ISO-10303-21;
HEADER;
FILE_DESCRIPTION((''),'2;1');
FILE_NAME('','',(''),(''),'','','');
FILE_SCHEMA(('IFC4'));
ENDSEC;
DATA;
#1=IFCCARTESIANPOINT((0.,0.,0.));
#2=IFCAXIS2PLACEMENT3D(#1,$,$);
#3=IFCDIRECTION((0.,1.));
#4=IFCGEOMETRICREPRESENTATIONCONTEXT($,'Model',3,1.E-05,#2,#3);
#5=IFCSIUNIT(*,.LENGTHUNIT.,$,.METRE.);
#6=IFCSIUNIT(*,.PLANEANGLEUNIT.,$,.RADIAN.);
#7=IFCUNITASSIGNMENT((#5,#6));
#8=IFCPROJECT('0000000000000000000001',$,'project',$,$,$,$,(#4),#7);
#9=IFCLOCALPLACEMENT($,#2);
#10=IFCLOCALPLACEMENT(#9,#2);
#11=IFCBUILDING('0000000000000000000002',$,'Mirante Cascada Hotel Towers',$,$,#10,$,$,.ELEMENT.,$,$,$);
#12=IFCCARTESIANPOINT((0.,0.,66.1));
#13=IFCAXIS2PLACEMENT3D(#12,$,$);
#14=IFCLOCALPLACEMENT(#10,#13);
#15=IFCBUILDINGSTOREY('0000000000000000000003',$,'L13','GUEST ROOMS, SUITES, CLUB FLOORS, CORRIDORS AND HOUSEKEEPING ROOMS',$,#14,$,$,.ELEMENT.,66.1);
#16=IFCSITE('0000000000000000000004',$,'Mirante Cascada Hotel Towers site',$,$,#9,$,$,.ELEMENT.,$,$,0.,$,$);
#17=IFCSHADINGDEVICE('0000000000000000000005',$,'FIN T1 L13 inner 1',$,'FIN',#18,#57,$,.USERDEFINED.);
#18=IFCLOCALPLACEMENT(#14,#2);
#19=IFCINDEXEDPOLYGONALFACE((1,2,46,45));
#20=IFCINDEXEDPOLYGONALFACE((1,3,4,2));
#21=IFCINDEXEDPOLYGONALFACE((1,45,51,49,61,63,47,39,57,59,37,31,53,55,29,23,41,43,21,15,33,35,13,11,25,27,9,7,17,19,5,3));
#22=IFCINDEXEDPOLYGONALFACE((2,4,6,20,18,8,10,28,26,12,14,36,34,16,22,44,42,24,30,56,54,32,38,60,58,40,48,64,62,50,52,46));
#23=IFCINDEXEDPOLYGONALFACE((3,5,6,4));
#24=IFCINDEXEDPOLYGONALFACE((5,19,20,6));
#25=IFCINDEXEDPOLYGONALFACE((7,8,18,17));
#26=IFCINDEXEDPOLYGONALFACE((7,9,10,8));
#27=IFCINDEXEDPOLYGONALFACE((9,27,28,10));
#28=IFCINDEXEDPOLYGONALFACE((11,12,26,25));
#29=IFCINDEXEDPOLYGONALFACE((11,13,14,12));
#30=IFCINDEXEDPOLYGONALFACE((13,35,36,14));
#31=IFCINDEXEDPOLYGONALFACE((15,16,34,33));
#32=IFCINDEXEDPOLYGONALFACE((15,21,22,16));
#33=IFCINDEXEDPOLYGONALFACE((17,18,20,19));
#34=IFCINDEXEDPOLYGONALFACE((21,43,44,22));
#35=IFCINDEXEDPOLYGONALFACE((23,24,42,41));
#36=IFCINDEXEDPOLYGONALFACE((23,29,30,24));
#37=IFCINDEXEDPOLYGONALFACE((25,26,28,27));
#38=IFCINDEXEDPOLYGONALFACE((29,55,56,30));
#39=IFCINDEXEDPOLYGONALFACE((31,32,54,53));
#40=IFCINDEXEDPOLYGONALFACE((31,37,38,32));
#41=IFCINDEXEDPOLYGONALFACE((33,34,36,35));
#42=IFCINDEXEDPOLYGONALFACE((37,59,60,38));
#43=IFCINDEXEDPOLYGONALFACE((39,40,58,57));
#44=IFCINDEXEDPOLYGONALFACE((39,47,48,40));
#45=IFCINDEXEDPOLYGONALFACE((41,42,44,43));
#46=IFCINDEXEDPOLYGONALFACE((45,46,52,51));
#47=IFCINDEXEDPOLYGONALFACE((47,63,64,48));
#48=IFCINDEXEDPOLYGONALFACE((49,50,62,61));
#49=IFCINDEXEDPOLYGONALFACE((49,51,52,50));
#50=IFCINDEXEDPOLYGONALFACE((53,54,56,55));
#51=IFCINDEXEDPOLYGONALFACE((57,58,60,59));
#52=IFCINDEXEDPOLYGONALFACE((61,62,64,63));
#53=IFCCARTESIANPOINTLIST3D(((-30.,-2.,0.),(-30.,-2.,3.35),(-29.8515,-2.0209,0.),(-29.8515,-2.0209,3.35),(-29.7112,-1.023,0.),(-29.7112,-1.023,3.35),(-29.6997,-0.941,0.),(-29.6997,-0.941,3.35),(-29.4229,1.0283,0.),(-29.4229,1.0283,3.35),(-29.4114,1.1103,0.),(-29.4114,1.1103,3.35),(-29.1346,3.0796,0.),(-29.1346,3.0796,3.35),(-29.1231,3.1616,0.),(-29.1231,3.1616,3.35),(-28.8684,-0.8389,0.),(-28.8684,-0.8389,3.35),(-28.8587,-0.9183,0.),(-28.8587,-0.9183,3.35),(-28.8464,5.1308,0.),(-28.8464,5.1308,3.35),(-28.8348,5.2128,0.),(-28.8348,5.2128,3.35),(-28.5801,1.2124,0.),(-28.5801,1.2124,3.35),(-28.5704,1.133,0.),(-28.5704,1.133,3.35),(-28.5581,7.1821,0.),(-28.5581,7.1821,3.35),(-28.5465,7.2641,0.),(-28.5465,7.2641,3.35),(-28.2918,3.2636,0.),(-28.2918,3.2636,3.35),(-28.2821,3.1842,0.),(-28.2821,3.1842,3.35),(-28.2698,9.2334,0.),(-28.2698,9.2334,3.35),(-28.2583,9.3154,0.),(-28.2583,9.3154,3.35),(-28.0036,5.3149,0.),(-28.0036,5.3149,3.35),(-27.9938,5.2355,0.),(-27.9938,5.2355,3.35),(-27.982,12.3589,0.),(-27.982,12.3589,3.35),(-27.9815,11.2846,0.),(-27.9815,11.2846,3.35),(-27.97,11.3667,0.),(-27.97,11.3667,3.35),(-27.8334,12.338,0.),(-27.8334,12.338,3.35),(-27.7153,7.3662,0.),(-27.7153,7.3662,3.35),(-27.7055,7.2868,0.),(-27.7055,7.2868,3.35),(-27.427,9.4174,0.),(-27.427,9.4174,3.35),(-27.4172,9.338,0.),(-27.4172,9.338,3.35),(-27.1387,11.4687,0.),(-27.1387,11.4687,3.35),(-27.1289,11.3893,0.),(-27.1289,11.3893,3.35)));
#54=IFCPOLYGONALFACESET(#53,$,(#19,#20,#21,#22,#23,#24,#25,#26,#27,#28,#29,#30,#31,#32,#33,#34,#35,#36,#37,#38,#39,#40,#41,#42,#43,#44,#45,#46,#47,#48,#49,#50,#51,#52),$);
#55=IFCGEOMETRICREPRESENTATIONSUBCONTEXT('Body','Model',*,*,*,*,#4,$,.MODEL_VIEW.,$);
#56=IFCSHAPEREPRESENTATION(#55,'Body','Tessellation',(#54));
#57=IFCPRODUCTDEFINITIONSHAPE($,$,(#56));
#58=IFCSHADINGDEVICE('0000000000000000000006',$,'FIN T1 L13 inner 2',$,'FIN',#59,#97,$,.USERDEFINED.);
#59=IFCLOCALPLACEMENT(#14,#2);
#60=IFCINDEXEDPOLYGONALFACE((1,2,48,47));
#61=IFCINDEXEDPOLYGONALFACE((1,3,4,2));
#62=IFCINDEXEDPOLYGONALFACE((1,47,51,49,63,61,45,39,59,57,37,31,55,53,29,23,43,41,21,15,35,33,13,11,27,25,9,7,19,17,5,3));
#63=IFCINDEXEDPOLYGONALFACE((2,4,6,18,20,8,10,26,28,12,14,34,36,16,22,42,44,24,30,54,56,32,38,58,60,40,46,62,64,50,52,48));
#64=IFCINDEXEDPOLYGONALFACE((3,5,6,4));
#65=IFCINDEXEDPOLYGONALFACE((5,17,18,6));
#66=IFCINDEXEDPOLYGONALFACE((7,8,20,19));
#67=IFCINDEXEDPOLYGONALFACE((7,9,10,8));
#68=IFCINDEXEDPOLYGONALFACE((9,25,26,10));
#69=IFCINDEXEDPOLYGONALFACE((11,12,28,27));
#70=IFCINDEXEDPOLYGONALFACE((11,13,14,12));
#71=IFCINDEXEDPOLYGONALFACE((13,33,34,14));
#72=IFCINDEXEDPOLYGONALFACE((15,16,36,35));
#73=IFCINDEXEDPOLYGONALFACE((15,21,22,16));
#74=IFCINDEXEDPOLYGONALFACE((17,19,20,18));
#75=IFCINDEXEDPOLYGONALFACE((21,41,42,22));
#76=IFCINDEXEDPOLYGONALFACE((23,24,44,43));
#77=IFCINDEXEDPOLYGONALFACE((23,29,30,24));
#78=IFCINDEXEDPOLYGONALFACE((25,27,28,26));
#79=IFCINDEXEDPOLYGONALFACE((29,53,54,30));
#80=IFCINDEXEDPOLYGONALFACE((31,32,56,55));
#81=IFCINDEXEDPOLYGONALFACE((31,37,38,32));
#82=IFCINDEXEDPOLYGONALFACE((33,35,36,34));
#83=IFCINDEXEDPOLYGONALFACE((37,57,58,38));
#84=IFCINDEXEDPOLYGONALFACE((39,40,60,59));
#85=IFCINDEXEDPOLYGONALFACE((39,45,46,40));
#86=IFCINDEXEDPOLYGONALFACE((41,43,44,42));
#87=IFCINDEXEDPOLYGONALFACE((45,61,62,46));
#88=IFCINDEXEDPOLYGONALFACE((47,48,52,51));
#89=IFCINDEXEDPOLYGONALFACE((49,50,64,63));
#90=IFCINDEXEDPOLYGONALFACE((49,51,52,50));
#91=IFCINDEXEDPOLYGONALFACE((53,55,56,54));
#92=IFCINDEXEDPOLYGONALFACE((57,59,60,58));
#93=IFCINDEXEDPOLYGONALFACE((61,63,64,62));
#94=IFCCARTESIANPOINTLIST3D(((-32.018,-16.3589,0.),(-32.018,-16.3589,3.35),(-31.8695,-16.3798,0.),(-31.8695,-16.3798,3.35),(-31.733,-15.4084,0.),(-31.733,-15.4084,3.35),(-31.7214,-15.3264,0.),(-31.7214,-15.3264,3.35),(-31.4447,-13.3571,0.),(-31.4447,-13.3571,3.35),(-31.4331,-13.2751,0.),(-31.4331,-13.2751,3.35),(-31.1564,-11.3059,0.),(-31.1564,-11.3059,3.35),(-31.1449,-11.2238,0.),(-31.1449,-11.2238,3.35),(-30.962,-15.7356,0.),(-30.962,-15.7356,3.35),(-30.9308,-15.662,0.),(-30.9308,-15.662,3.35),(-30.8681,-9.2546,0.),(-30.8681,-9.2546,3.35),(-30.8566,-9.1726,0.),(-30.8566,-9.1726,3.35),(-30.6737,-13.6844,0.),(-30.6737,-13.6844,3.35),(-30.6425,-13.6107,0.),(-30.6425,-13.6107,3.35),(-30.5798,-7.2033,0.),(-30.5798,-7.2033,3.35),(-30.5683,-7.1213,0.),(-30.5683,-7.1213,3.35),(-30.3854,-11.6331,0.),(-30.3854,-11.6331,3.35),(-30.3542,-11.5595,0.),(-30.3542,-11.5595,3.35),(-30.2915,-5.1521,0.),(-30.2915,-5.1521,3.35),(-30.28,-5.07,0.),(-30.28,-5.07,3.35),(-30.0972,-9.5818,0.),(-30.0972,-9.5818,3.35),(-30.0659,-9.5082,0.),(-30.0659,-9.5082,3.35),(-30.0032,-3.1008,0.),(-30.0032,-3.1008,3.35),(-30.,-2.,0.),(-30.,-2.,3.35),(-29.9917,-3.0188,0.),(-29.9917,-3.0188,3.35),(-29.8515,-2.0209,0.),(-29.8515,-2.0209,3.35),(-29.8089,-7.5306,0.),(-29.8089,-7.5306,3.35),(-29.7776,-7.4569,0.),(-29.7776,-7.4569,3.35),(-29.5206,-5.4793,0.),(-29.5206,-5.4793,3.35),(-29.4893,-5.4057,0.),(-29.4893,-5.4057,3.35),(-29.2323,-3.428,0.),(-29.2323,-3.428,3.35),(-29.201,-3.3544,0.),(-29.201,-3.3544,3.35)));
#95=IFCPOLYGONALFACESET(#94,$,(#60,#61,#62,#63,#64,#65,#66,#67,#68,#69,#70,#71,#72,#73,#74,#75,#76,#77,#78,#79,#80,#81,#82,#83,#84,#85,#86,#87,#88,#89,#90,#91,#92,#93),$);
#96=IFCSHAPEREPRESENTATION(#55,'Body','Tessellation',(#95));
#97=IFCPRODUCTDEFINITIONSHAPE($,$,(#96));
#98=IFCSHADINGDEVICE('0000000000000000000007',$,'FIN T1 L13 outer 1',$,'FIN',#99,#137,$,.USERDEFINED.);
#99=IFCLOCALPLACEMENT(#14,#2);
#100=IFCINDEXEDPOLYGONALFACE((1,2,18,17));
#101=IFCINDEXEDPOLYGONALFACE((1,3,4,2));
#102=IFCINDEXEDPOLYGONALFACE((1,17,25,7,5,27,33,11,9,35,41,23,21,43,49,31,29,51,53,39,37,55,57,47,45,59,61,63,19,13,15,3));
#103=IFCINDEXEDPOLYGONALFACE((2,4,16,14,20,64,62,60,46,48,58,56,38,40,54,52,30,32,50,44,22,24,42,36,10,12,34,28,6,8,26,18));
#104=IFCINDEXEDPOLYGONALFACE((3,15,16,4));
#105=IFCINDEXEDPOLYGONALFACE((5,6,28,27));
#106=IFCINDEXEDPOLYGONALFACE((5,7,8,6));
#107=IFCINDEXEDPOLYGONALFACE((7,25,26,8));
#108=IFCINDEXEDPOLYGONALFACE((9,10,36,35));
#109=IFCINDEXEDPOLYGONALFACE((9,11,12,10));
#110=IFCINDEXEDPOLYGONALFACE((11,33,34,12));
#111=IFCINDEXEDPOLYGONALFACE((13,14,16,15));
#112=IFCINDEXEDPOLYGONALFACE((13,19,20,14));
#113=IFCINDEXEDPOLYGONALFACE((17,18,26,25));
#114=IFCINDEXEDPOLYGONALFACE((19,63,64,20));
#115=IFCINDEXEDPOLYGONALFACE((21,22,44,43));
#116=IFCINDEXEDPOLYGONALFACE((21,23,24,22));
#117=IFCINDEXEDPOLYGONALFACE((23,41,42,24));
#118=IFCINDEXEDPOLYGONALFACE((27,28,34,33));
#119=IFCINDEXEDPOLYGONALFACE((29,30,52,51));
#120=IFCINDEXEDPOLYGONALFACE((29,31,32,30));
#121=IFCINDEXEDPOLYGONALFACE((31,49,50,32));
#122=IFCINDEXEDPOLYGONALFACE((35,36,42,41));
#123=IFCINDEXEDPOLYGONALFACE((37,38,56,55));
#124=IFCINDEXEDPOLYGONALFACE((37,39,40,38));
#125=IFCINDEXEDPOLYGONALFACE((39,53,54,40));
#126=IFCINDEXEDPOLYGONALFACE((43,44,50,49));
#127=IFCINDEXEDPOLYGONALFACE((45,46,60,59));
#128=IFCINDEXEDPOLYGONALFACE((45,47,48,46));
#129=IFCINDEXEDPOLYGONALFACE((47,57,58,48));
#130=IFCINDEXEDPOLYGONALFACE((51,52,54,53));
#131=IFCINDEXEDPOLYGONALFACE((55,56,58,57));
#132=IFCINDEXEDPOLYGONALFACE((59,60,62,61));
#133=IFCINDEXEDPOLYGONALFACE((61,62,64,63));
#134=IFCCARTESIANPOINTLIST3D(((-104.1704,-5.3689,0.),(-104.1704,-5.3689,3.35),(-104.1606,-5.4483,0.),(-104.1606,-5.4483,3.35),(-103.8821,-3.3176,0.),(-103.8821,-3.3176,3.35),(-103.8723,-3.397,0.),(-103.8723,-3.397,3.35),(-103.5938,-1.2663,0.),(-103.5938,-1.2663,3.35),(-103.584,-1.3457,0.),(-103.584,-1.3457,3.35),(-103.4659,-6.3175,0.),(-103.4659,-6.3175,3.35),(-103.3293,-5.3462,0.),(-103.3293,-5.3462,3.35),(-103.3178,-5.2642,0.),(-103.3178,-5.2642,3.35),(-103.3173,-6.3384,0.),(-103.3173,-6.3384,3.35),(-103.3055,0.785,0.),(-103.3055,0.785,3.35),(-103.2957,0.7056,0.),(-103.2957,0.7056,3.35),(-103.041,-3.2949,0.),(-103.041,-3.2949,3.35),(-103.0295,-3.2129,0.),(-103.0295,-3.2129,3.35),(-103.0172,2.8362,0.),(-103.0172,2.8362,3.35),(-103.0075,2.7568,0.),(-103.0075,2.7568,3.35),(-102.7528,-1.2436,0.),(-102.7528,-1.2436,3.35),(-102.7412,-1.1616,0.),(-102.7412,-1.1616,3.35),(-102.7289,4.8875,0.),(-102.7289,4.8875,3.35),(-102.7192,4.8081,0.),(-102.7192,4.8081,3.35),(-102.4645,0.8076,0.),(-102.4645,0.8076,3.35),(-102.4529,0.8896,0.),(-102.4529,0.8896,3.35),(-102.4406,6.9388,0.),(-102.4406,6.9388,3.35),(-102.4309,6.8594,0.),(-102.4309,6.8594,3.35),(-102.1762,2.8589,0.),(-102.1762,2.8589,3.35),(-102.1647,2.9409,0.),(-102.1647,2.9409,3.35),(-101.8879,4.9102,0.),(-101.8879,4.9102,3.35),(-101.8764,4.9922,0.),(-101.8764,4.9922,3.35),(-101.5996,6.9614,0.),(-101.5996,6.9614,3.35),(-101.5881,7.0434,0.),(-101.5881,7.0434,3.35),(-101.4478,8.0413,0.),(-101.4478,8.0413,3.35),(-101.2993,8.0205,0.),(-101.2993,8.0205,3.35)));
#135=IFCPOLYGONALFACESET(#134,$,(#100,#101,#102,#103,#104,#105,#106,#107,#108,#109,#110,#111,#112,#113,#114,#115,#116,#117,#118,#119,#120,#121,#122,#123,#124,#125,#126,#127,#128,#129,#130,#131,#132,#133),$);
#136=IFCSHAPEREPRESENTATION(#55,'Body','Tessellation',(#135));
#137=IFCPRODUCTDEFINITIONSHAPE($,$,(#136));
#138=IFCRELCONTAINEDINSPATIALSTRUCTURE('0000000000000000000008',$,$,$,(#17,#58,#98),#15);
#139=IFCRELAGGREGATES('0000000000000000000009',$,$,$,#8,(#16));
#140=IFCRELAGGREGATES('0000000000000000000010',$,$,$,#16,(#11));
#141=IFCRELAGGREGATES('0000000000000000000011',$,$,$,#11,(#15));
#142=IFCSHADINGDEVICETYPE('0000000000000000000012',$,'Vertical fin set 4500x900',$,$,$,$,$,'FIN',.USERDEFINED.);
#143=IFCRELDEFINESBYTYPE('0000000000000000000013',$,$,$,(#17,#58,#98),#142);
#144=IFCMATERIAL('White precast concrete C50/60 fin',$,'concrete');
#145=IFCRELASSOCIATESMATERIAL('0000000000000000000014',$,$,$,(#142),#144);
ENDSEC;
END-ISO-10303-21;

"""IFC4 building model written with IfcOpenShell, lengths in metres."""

from ifc_helpers import new_model, si_unit, direction, frame, origin, place, context, subcontext, project, spatial, polyline, outline, extrude, material, type_object, element, save


model = new_model("IFC4")

# Units and contexts
model_context = context("Model", 3, precision=1e-05, world=origin(), true_north=direction((0.0, 1.0)))
body_context = subcontext(model_context, "Body", "Model", "MODEL_VIEW")
ifc_project = project(units=[si_unit("LENGTHUNIT", "METRE"), si_unit("PLANEANGLEUNIT", "RADIAN")], contexts=[model_context])

# Site, building, storey
site_placement = place(None, origin())
site = spatial("IfcSite", under=ifc_project, at=site_placement, Name="Mirante Cascada Hotel Towers site", CompositionType="ELEMENT", RefElevation=0.0)
building_placement = place(site_placement, origin())
building = spatial("IfcBuilding", under=site, at=building_placement, Name="Mirante Cascada Hotel Towers", CompositionType="ELEMENT")
storey_placement = place(building_placement, frame((0.0, 0.0, 66.1)))
storey = spatial("IfcBuildingStorey", under=building, at=storey_placement, Name="L13", Description="GUEST ROOMS, SUITES, CLUB FLOORS, CORRIDORS AND HOUSEKEEPING ROOMS", CompositionType="ELEMENT", Elevation=66.1)

# Shading devices
ifc_material_1 = material(Name="White precast concrete C50/60 fin", Category="concrete")
shading_device_type = type_object("IfcShadingDeviceType", Name="Vertical fin set 4500x900", ElementType="FIN", PredefinedType="USERDEFINED", material=ifc_material_1)
shading_device_1_placement = place(storey_placement, origin())
element("IfcShadingDevice", 1, at=shading_device_1_placement, inside=storey, type_object=shading_device_type, Name="FIN T1 L13 inner 1", ObjectType="FIN", PredefinedType="USERDEFINED", context=body_context, shape_type="SweptSolid", body=[
    extrude(outline(polyline([(-29.7112, -1.023), (-29.8515, -2.0209), (-30.0, -2.0), (-27.982, 12.3589), (-27.8334, 12.338), (-27.97, 11.3667), (-27.1387, 11.4687), (-27.1289, 11.3893), (-27.9815, 11.2846), (-28.2583, 9.3154), (-27.427, 9.4174), (-27.4172, 9.338), (-28.2698, 9.2334), (-28.5465, 7.2641), (-27.7153, 7.3662), (-27.7055, 7.2868), (-28.5581, 7.1821), (-28.8348, 5.2128), (-28.0036, 5.3149), (-27.9938, 5.2355), (-28.8464, 5.1308), (-29.1231, 3.1616), (-28.2918, 3.2636), (-28.2821, 3.1842), (-29.1346, 3.0796), (-29.4114, 1.1103), (-28.5801, 1.2124), (-28.5704, 1.133), (-29.4229, 1.0283), (-29.6997, -0.941), (-28.8684, -0.8389), (-28.8587, -0.9183), (-29.7112, -1.023)])), origin(), (0.0, 0.0, 1.0), 3.35),
])
shading_device_2_placement = place(storey_placement, origin())
element("IfcShadingDevice", 2, at=shading_device_2_placement, inside=storey, type_object=shading_device_type, Name="FIN T1 L13 inner 2", ObjectType="FIN", PredefinedType="USERDEFINED", context=body_context, shape_type="SweptSolid", body=[
    extrude(outline(polyline([(-31.733, -15.4084), (-31.8695, -16.3798), (-32.018, -16.3589), (-30.0, -2.0), (-29.8515, -2.0209), (-29.9917, -3.0188), (-29.201, -3.3544), (-29.2323, -3.428), (-30.0032, -3.1008), (-30.28, -5.07), (-29.4893, -5.4057), (-29.5206, -5.4793), (-30.2915, -5.1521), (-30.5683, -7.1213), (-29.7776, -7.4569), (-29.8089, -7.5306), (-30.5798, -7.2033), (-30.8566, -9.1726), (-30.0659, -9.5082), (-30.0972, -9.5818), (-30.8681, -9.2546), (-31.1449, -11.2238), (-30.3542, -11.5595), (-30.3854, -11.6331), (-31.1564, -11.3059), (-31.4331, -13.2751), (-30.6425, -13.6107), (-30.6737, -13.6844), (-31.4447, -13.3571), (-31.7214, -15.3264), (-30.9308, -15.662), (-30.962, -15.7356), (-31.733, -15.4084)])), origin(), (0.0, 0.0, 1.0), 3.35),
])
shading_device_3_placement = place(storey_placement, origin())
element("IfcShadingDevice", 3, at=shading_device_3_placement, inside=storey, type_object=shading_device_type, Name="FIN T1 L13 outer 1", ObjectType="FIN", PredefinedType="USERDEFINED", context=body_context, shape_type="SweptSolid", body=[
    extrude(outline(polyline([(-103.3178, -5.2642), (-103.041, -3.2949), (-103.8723, -3.397), (-103.8821, -3.3176), (-103.0295, -3.2129), (-102.7528, -1.2436), (-103.584, -1.3457), (-103.5938, -1.2663), (-102.7412, -1.1616), (-102.4645, 0.8076), (-103.2957, 0.7056), (-103.3055, 0.785), (-102.4529, 0.8896), (-102.1762, 2.8589), (-103.0075, 2.7568), (-103.0172, 2.8362), (-102.1647, 2.9409), (-101.8879, 4.9102), (-102.7192, 4.8081), (-102.7289, 4.8875), (-101.8764, 4.9922), (-101.5996, 6.9614), (-102.4309, 6.8594), (-102.4406, 6.9388), (-101.5881, 7.0434), (-101.4478, 8.0413), (-101.2993, 8.0205), (-103.3173, -6.3384), (-103.4659, -6.3175), (-103.3293, -5.3462), (-104.1606, -5.4483), (-104.1704, -5.3689), (-103.3178, -5.2642)])), origin(), (0.0, 0.0, 1.0), 3.35),
])

save(model, "model.ifc")
